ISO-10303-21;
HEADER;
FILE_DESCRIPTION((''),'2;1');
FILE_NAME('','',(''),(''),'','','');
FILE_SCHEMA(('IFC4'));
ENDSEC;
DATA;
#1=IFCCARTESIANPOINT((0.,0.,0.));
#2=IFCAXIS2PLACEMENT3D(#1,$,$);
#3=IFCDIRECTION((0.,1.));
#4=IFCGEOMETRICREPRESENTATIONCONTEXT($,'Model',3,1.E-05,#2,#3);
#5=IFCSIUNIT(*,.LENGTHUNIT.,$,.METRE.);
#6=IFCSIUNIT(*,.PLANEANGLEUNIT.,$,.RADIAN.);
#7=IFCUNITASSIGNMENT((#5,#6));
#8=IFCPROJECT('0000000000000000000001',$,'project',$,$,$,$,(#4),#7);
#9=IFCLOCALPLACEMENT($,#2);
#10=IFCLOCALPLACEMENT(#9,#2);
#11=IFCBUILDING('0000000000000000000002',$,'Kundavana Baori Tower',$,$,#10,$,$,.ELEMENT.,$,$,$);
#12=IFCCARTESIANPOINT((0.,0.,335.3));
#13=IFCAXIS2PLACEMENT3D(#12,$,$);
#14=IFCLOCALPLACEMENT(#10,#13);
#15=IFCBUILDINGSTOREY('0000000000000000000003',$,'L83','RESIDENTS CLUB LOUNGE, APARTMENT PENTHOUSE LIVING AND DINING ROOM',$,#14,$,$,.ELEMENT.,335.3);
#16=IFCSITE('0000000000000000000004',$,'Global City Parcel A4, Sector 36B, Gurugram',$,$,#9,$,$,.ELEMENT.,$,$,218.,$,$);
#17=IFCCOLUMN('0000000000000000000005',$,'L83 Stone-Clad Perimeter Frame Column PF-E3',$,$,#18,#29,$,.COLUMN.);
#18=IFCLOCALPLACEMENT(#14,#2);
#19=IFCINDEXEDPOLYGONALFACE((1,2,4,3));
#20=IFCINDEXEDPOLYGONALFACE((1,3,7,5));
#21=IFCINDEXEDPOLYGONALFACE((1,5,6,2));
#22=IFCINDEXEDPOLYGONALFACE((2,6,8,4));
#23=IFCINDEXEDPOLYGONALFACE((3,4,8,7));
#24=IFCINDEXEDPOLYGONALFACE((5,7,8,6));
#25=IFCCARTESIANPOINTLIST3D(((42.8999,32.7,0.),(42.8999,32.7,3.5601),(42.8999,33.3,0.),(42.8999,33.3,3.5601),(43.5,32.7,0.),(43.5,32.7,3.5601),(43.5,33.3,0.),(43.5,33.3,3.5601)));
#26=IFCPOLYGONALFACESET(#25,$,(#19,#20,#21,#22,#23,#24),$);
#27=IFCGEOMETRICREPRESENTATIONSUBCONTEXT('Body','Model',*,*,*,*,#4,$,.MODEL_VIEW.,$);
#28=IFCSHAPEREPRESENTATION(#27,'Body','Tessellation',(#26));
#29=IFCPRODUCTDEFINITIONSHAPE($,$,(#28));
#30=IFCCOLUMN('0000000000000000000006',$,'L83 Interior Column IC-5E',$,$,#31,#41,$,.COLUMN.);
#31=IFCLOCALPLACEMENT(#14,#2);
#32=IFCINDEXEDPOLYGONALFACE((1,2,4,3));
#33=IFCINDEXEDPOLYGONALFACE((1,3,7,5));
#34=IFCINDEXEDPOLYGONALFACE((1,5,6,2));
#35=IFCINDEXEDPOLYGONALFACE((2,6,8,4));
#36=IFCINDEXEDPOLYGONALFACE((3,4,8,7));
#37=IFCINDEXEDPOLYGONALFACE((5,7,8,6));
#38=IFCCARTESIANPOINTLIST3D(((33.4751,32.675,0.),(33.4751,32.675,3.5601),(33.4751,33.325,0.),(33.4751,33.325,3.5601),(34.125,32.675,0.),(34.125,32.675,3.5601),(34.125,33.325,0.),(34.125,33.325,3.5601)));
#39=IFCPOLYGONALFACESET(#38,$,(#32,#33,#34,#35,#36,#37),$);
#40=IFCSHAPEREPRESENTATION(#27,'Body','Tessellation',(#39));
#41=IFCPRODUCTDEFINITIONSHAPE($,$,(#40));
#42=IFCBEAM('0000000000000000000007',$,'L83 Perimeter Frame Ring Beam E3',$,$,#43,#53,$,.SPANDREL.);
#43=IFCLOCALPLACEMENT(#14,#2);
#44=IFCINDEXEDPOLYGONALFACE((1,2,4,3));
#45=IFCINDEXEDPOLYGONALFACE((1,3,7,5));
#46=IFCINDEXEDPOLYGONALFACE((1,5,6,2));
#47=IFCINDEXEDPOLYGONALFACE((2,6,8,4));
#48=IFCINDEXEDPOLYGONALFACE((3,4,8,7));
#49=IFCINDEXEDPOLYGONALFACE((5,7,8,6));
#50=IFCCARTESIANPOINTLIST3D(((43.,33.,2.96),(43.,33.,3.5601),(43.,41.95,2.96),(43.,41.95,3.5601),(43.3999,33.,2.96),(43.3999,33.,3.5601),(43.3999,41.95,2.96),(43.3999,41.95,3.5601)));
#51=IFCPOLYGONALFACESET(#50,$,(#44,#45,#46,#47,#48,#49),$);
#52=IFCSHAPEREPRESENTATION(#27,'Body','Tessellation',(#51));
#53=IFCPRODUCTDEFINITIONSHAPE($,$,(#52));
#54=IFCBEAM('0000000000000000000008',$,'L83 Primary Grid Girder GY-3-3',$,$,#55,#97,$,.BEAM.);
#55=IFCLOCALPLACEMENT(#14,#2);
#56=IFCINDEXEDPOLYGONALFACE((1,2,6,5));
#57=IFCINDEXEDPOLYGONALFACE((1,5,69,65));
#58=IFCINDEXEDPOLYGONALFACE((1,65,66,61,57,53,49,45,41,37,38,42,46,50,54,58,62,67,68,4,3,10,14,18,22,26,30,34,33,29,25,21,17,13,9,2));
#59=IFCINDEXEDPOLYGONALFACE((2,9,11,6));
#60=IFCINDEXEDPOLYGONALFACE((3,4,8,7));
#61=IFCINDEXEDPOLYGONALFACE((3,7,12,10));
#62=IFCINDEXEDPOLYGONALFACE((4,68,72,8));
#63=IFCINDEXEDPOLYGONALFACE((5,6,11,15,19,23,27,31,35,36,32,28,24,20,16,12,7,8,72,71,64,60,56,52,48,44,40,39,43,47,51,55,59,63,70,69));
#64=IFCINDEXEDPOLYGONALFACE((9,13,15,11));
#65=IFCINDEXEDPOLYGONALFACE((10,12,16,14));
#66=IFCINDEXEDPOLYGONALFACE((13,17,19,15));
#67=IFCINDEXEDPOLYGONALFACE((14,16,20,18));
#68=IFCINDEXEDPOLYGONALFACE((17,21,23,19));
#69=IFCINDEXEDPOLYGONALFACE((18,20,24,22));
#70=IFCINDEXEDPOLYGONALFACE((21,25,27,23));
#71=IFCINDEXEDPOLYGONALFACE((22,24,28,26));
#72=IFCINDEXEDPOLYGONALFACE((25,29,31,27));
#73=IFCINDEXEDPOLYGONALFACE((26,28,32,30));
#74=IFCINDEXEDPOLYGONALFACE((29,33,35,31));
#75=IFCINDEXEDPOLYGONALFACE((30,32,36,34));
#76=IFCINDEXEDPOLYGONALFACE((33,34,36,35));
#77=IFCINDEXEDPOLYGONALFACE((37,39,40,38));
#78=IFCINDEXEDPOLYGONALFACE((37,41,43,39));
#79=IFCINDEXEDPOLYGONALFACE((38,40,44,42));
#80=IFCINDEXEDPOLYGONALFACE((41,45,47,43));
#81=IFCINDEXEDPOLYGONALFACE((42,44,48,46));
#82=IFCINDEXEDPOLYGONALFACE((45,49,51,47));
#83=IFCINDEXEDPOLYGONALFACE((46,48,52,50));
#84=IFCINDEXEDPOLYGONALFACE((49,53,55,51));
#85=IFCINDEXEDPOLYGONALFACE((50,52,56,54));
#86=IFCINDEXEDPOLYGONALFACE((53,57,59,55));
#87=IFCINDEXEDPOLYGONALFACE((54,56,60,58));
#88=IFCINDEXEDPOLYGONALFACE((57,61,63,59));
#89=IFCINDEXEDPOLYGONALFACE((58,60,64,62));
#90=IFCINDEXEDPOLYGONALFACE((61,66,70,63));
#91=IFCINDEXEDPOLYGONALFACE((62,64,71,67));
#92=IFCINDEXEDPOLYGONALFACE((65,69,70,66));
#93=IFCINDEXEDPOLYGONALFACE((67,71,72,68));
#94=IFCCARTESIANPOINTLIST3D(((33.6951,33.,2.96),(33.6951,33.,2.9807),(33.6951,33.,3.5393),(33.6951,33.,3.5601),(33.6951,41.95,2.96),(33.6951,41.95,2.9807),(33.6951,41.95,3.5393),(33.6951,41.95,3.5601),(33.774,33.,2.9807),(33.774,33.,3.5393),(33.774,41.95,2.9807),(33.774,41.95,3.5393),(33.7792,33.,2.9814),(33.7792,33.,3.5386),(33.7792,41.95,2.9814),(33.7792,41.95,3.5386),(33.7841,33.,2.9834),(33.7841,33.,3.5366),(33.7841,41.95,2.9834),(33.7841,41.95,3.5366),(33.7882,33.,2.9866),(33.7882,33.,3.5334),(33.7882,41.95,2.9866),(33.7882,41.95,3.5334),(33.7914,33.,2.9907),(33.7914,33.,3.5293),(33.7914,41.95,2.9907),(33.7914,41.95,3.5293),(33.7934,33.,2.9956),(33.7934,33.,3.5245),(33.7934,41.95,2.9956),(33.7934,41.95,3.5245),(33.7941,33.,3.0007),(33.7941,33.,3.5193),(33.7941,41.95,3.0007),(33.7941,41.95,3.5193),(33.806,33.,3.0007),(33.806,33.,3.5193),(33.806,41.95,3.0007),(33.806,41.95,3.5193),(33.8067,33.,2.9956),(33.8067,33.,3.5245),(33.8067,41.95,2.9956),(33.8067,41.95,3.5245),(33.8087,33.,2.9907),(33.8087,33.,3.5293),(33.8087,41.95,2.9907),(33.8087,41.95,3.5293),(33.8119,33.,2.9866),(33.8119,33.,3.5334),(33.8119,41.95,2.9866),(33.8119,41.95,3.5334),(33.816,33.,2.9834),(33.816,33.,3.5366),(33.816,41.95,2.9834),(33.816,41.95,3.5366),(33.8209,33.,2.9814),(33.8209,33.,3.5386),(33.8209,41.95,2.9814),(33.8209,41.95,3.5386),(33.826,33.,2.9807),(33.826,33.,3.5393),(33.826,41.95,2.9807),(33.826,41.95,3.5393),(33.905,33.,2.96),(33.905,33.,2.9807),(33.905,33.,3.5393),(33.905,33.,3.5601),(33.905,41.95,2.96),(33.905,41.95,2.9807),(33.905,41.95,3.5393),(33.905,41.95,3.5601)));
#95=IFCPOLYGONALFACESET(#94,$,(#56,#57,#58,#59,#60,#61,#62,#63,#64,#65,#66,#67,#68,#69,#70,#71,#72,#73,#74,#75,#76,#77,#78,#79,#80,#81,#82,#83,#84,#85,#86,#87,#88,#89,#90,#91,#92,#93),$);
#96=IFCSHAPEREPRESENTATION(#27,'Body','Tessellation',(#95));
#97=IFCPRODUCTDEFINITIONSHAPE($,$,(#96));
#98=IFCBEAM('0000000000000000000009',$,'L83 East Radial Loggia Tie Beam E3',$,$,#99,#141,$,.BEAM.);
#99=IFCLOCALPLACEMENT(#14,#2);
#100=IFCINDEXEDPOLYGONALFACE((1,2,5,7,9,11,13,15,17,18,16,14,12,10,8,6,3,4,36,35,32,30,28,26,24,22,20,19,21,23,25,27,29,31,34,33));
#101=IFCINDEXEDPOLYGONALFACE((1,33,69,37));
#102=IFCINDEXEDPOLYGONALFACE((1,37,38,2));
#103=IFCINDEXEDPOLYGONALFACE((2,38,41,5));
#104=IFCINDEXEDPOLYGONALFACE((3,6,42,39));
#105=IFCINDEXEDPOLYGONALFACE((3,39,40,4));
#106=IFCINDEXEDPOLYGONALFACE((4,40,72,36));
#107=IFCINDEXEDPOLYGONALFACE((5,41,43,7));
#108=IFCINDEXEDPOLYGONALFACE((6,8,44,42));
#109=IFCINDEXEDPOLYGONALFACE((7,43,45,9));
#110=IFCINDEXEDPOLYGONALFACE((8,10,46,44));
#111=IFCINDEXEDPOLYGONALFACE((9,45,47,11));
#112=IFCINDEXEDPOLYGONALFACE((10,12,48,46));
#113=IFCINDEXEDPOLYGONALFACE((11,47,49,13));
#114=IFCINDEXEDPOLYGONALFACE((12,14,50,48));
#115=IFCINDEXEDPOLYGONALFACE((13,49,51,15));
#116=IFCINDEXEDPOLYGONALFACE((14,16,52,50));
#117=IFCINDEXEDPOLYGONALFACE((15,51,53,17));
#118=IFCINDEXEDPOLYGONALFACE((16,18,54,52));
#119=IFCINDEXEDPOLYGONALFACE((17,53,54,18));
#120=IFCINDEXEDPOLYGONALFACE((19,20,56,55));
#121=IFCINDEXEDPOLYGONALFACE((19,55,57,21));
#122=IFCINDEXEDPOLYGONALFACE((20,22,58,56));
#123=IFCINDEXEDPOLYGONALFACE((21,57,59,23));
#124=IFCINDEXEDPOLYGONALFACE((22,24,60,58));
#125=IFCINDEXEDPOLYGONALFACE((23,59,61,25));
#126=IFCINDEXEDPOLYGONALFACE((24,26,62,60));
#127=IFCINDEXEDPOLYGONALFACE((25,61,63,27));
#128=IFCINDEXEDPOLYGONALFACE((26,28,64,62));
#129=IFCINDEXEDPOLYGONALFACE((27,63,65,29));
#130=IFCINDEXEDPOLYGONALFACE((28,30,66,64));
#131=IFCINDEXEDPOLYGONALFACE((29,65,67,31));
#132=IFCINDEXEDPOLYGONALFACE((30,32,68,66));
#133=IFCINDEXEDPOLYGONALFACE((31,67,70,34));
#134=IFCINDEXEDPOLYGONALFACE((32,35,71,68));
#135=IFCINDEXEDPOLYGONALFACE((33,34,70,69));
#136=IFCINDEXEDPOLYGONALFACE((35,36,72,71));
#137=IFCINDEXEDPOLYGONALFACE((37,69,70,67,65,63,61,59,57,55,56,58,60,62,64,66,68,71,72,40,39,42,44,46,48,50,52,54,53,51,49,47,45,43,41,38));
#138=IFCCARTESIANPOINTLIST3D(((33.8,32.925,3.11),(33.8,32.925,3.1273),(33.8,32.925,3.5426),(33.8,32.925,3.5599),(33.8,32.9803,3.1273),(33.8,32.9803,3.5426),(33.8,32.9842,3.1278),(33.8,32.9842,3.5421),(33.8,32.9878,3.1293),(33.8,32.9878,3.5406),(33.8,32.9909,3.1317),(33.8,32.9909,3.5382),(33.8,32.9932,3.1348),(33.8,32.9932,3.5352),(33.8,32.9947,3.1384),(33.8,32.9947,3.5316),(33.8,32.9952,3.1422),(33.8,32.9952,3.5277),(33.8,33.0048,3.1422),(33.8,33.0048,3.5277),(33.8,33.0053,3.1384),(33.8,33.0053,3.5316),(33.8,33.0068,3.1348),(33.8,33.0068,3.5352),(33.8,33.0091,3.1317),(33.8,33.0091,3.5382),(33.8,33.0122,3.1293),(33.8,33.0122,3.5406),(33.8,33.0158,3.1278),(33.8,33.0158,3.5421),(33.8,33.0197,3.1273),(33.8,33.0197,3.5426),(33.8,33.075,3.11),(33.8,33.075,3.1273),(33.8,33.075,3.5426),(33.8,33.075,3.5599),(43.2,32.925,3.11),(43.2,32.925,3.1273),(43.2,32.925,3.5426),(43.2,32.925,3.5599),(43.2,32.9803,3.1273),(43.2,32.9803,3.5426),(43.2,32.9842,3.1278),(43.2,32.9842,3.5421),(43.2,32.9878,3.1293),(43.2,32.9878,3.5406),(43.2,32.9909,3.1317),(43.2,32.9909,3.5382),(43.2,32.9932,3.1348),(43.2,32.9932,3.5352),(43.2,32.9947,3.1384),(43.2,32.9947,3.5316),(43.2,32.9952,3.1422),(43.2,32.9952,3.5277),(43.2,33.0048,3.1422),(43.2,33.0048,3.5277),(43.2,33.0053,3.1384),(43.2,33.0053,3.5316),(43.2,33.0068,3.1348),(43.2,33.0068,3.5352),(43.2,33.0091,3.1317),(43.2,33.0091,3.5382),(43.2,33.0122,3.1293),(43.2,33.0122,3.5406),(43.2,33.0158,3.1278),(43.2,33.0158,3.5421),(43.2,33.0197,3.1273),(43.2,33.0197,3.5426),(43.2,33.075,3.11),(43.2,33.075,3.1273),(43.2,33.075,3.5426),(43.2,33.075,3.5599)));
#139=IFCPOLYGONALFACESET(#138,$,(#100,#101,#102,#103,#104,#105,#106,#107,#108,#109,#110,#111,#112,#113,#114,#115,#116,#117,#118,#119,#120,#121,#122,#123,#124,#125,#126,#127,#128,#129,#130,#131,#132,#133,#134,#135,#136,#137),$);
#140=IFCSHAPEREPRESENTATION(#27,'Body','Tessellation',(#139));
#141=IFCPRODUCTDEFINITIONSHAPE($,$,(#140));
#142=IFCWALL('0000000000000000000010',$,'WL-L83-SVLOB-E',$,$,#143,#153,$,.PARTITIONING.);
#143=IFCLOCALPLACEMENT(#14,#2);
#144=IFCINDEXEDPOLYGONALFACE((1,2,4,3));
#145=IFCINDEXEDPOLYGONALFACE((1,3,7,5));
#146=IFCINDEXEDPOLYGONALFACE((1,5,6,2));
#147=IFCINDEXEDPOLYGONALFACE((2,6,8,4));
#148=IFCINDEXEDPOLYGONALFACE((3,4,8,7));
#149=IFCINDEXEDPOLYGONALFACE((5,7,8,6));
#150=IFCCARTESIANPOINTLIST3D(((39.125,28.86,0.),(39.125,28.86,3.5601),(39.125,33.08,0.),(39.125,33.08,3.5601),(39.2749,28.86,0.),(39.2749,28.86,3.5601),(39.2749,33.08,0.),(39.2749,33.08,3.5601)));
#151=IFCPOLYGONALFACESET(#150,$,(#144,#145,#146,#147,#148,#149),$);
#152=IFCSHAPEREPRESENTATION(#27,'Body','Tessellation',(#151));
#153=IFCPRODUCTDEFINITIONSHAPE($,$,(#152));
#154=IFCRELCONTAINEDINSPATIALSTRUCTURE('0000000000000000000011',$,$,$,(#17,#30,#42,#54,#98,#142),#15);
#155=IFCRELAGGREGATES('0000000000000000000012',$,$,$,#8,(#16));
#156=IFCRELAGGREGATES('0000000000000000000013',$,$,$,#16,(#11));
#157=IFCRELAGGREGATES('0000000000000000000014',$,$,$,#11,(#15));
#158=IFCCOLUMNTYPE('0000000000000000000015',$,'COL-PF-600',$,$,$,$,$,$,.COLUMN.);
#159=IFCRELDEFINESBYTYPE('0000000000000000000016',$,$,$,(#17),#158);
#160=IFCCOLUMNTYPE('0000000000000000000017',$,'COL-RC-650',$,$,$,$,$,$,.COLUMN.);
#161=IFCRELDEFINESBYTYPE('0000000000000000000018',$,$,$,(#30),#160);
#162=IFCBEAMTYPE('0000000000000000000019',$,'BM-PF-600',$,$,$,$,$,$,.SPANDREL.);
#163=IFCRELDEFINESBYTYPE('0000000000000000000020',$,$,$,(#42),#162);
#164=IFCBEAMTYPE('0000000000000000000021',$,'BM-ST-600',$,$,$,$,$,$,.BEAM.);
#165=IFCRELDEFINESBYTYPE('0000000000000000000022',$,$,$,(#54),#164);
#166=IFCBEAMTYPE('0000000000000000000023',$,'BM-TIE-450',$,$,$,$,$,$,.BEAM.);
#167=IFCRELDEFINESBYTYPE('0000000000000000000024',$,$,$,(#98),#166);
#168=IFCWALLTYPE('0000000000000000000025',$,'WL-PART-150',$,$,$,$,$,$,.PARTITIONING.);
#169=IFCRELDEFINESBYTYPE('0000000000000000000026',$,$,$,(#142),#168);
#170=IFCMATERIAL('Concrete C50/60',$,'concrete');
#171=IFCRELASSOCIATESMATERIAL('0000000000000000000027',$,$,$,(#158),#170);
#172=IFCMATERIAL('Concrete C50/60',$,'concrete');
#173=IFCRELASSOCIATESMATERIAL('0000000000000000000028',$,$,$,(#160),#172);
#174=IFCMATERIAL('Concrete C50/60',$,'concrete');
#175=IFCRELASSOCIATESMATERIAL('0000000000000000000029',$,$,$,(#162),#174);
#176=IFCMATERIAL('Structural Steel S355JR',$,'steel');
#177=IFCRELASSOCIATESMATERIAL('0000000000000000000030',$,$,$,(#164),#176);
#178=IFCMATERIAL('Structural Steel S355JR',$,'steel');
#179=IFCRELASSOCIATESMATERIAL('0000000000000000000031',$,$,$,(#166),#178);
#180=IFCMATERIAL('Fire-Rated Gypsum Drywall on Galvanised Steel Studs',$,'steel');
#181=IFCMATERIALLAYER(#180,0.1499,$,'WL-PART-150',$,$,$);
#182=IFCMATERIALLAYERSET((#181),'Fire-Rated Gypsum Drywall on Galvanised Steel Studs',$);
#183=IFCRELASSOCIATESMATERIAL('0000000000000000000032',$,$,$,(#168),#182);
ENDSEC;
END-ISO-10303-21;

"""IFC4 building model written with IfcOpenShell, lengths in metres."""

from ifc_helpers import new_model, si_unit, direction, frame, frame_2d, origin, origin_2d, place, context, subcontext, project, spatial, rectangle, i_section, extrude, material, layer, layer_set, material_profile, profile_set, type_object, element, save


model = new_model("IFC4")

# Units and contexts
model_context = context("Model", 3, precision=1e-05, world=origin(), true_north=direction((0.0, 1.0)))
body_context = subcontext(model_context, "Body", "Model", "MODEL_VIEW")
ifc_project = project(units=[si_unit("LENGTHUNIT", "METRE"), si_unit("PLANEANGLEUNIT", "RADIAN")], contexts=[model_context])

# Site, building, storey
site_placement = place(None, origin())
site = spatial("IfcSite", under=ifc_project, at=site_placement, Name="Global City Parcel A4, Sector 36B, Gurugram", CompositionType="ELEMENT", RefElevation=218.0)
building_placement = place(site_placement, origin())
building = spatial("IfcBuilding", under=site, at=building_placement, Name="Kundavana Baori Tower", CompositionType="ELEMENT")
storey_placement = place(building_placement, frame((0.0, 0.0, 335.3)))
storey = spatial("IfcBuildingStorey", under=building, at=storey_placement, Name="L83", Description="RESIDENTS CLUB LOUNGE, APARTMENT PENTHOUSE LIVING AND DINING ROOM", CompositionType="ELEMENT", Elevation=335.3)

# Columns
ifc_material_1 = material(Name="Concrete C50/60", Category="concrete")
ifc_material_profile_1 = material_profile(ifc_material_1, rectangle(XDim=0.6001, YDim=0.6001, at=origin_2d()), Name="RC PF 600x600")
ifc_profile_set_1 = profile_set([ifc_material_profile_1], Name="Concrete C50/60")
column_type_1 = type_object("IfcColumnType", Name="COL-PF-600", PredefinedType="COLUMN", material=ifc_profile_set_1)
column_1_placement = place(storey_placement, frame((43.2, 33.0, 0.0), z_axis=(0.0, 0.0, 1.0), x_axis=(1.0, 0.0, 0.0)))
element("IfcColumn", 1, at=column_1_placement, inside=storey, type_object=column_type_1, Name="L83 Stone-Clad Perimeter Frame Column PF-E3", PredefinedType="COLUMN", context=body_context, shape_type="SweptSolid", body=[
    extrude(rectangle(XDim=0.6001, YDim=0.6001, at=origin_2d()), origin(), (0.0, 0.0, 1.0), 3.5601),
])
ifc_material_2 = material(Name="Concrete C50/60", Category="concrete")
ifc_material_profile_2 = material_profile(ifc_material_2, rectangle(XDim=0.6499, YDim=0.6499, at=origin_2d()), Name="RC 650x650")
ifc_profile_set_2 = profile_set([ifc_material_profile_2], Name="Concrete C50/60")
column_type_2 = type_object("IfcColumnType", Name="COL-RC-650", PredefinedType="COLUMN", material=ifc_profile_set_2)
column_2_placement = place(storey_placement, frame((33.8, 33.0, 0.0), z_axis=(0.0, 0.0, 1.0), x_axis=(1.0, 0.0, 0.0)))
element("IfcColumn", 2, at=column_2_placement, inside=storey, type_object=column_type_2, Name="L83 Interior Column IC-5E", PredefinedType="COLUMN", context=body_context, shape_type="SweptSolid", body=[
    extrude(rectangle(XDim=0.6499, YDim=0.6499, at=origin_2d()), origin(), (0.0, 0.0, 1.0), 3.5601),
])

# Beams
ifc_material_3 = material(Name="Concrete C50/60", Category="concrete")
ifc_material_profile_3 = material_profile(ifc_material_3, rectangle(XDim=0.3999, YDim=0.6001, at=origin_2d()), Name="RC BM 400x600")
ifc_profile_set_3 = profile_set([ifc_material_profile_3], Name="Concrete C50/60")
beam_type_1 = type_object("IfcBeamType", Name="BM-PF-600", PredefinedType="SPANDREL", material=ifc_profile_set_3)
beam_1_placement = place(storey_placement, frame((43.2, 33.0, 3.26), z_axis=(0.0, 1.0, 0.0), x_axis=(-1.0, 0.0, 0.0)))
element("IfcBeam", 3, at=beam_1_placement, inside=storey, type_object=beam_type_1, Name="L83 Perimeter Frame Ring Beam E3", PredefinedType="SPANDREL", context=body_context, shape_type="SweptSolid", body=[
    extrude(rectangle(XDim=0.3999, YDim=0.6001, at=origin_2d()), origin(), (0.0, 0.0, 1.0), 8.95),
])
ifc_material_4 = material(Name="Structural Steel S355JR", Category="steel")
ifc_material_profile_4 = material_profile(ifc_material_4, i_section(OverallWidth=0.21, OverallDepth=0.6001, WebThickness=0.012, FlangeThickness=0.0208, FilletRadius=0.02, at=origin_2d()), Name="ISMB 600")
ifc_profile_set_4 = profile_set([ifc_material_profile_4], Name="Structural Steel S355JR")
beam_type_2 = type_object("IfcBeamType", Name="BM-ST-600", PredefinedType="BEAM", material=ifc_profile_set_4)
beam_2_placement = place(storey_placement, frame((33.8, 33.0, 3.26), z_axis=(0.0, 1.0, 0.0), x_axis=(-1.0, 0.0, 0.0)))
element("IfcBeam", 4, at=beam_2_placement, inside=storey, type_object=beam_type_2, Name="L83 Primary Grid Girder GY-3-3", PredefinedType="BEAM", context=body_context, shape_type="SweptSolid", body=[
    extrude(i_section(OverallWidth=0.21, OverallDepth=0.6001, WebThickness=0.012, FlangeThickness=0.0208, FilletRadius=0.02, at=origin_2d()), origin(), (0.0, 0.0, 1.0), 8.95),
])
ifc_material_5 = material(Name="Structural Steel S355JR", Category="steel")
ifc_material_profile_5 = material_profile(ifc_material_5, i_section(OverallWidth=0.1499, OverallDepth=0.45, WebThickness=0.0095, FlangeThickness=0.0173, FilletRadius=0.0149, at=origin_2d()), Name="ISMB 450")
ifc_profile_set_5 = profile_set([ifc_material_profile_5], Name="Structural Steel S355JR")
beam_type_3 = type_object("IfcBeamType", Name="BM-TIE-450", PredefinedType="BEAM", material=ifc_profile_set_5)
beam_3_placement = place(storey_placement, frame((33.8, 33.0, 3.335), z_axis=(1.0, 0.0, 0.0), x_axis=(0.0, 1.0, 0.0)))
element("IfcBeam", 5, at=beam_3_placement, inside=storey, type_object=beam_type_3, Name="L83 East Radial Loggia Tie Beam E3", PredefinedType="BEAM", context=body_context, shape_type="SweptSolid", body=[
    extrude(i_section(OverallWidth=0.1499, OverallDepth=0.45, WebThickness=0.0095, FlangeThickness=0.0173, FilletRadius=0.0149, at=origin_2d()), origin(), (0.0, 0.0, 1.0), 9.3999),
])

# Wall
ifc_material_6 = material(Name="Fire-Rated Gypsum Drywall on Galvanised Steel Studs", Category="steel")
ifc_layer_1 = layer(ifc_material_6, 0.1499, Name="WL-PART-150")
ifc_layer_set_1 = layer_set([ifc_layer_1], Name="Fire-Rated Gypsum Drywall on Galvanised Steel Studs")
wall_type_1 = type_object("IfcWallType", Name="WL-PART-150", PredefinedType="PARTITIONING", material=ifc_layer_set_1)
wall_1_placement = place(storey_placement, frame((39.2, 28.8601, 0.0), z_axis=(0.0, 0.0, 1.0), x_axis=(0.0, 1.0, 0.0)))
element("IfcWall", 6, at=wall_1_placement, inside=storey, type_object=wall_type_1, Name="WL-L83-SVLOB-E", PredefinedType="PARTITIONING", context=body_context, shape_type="SweptSolid", body=[
    extrude(rectangle(XDim=4.22, YDim=0.1499, at=frame_2d((2.1099, 0.0))), origin(), (0.0, 0.0, 1.0), 3.5601),
])

save(model, "model.ifc")
